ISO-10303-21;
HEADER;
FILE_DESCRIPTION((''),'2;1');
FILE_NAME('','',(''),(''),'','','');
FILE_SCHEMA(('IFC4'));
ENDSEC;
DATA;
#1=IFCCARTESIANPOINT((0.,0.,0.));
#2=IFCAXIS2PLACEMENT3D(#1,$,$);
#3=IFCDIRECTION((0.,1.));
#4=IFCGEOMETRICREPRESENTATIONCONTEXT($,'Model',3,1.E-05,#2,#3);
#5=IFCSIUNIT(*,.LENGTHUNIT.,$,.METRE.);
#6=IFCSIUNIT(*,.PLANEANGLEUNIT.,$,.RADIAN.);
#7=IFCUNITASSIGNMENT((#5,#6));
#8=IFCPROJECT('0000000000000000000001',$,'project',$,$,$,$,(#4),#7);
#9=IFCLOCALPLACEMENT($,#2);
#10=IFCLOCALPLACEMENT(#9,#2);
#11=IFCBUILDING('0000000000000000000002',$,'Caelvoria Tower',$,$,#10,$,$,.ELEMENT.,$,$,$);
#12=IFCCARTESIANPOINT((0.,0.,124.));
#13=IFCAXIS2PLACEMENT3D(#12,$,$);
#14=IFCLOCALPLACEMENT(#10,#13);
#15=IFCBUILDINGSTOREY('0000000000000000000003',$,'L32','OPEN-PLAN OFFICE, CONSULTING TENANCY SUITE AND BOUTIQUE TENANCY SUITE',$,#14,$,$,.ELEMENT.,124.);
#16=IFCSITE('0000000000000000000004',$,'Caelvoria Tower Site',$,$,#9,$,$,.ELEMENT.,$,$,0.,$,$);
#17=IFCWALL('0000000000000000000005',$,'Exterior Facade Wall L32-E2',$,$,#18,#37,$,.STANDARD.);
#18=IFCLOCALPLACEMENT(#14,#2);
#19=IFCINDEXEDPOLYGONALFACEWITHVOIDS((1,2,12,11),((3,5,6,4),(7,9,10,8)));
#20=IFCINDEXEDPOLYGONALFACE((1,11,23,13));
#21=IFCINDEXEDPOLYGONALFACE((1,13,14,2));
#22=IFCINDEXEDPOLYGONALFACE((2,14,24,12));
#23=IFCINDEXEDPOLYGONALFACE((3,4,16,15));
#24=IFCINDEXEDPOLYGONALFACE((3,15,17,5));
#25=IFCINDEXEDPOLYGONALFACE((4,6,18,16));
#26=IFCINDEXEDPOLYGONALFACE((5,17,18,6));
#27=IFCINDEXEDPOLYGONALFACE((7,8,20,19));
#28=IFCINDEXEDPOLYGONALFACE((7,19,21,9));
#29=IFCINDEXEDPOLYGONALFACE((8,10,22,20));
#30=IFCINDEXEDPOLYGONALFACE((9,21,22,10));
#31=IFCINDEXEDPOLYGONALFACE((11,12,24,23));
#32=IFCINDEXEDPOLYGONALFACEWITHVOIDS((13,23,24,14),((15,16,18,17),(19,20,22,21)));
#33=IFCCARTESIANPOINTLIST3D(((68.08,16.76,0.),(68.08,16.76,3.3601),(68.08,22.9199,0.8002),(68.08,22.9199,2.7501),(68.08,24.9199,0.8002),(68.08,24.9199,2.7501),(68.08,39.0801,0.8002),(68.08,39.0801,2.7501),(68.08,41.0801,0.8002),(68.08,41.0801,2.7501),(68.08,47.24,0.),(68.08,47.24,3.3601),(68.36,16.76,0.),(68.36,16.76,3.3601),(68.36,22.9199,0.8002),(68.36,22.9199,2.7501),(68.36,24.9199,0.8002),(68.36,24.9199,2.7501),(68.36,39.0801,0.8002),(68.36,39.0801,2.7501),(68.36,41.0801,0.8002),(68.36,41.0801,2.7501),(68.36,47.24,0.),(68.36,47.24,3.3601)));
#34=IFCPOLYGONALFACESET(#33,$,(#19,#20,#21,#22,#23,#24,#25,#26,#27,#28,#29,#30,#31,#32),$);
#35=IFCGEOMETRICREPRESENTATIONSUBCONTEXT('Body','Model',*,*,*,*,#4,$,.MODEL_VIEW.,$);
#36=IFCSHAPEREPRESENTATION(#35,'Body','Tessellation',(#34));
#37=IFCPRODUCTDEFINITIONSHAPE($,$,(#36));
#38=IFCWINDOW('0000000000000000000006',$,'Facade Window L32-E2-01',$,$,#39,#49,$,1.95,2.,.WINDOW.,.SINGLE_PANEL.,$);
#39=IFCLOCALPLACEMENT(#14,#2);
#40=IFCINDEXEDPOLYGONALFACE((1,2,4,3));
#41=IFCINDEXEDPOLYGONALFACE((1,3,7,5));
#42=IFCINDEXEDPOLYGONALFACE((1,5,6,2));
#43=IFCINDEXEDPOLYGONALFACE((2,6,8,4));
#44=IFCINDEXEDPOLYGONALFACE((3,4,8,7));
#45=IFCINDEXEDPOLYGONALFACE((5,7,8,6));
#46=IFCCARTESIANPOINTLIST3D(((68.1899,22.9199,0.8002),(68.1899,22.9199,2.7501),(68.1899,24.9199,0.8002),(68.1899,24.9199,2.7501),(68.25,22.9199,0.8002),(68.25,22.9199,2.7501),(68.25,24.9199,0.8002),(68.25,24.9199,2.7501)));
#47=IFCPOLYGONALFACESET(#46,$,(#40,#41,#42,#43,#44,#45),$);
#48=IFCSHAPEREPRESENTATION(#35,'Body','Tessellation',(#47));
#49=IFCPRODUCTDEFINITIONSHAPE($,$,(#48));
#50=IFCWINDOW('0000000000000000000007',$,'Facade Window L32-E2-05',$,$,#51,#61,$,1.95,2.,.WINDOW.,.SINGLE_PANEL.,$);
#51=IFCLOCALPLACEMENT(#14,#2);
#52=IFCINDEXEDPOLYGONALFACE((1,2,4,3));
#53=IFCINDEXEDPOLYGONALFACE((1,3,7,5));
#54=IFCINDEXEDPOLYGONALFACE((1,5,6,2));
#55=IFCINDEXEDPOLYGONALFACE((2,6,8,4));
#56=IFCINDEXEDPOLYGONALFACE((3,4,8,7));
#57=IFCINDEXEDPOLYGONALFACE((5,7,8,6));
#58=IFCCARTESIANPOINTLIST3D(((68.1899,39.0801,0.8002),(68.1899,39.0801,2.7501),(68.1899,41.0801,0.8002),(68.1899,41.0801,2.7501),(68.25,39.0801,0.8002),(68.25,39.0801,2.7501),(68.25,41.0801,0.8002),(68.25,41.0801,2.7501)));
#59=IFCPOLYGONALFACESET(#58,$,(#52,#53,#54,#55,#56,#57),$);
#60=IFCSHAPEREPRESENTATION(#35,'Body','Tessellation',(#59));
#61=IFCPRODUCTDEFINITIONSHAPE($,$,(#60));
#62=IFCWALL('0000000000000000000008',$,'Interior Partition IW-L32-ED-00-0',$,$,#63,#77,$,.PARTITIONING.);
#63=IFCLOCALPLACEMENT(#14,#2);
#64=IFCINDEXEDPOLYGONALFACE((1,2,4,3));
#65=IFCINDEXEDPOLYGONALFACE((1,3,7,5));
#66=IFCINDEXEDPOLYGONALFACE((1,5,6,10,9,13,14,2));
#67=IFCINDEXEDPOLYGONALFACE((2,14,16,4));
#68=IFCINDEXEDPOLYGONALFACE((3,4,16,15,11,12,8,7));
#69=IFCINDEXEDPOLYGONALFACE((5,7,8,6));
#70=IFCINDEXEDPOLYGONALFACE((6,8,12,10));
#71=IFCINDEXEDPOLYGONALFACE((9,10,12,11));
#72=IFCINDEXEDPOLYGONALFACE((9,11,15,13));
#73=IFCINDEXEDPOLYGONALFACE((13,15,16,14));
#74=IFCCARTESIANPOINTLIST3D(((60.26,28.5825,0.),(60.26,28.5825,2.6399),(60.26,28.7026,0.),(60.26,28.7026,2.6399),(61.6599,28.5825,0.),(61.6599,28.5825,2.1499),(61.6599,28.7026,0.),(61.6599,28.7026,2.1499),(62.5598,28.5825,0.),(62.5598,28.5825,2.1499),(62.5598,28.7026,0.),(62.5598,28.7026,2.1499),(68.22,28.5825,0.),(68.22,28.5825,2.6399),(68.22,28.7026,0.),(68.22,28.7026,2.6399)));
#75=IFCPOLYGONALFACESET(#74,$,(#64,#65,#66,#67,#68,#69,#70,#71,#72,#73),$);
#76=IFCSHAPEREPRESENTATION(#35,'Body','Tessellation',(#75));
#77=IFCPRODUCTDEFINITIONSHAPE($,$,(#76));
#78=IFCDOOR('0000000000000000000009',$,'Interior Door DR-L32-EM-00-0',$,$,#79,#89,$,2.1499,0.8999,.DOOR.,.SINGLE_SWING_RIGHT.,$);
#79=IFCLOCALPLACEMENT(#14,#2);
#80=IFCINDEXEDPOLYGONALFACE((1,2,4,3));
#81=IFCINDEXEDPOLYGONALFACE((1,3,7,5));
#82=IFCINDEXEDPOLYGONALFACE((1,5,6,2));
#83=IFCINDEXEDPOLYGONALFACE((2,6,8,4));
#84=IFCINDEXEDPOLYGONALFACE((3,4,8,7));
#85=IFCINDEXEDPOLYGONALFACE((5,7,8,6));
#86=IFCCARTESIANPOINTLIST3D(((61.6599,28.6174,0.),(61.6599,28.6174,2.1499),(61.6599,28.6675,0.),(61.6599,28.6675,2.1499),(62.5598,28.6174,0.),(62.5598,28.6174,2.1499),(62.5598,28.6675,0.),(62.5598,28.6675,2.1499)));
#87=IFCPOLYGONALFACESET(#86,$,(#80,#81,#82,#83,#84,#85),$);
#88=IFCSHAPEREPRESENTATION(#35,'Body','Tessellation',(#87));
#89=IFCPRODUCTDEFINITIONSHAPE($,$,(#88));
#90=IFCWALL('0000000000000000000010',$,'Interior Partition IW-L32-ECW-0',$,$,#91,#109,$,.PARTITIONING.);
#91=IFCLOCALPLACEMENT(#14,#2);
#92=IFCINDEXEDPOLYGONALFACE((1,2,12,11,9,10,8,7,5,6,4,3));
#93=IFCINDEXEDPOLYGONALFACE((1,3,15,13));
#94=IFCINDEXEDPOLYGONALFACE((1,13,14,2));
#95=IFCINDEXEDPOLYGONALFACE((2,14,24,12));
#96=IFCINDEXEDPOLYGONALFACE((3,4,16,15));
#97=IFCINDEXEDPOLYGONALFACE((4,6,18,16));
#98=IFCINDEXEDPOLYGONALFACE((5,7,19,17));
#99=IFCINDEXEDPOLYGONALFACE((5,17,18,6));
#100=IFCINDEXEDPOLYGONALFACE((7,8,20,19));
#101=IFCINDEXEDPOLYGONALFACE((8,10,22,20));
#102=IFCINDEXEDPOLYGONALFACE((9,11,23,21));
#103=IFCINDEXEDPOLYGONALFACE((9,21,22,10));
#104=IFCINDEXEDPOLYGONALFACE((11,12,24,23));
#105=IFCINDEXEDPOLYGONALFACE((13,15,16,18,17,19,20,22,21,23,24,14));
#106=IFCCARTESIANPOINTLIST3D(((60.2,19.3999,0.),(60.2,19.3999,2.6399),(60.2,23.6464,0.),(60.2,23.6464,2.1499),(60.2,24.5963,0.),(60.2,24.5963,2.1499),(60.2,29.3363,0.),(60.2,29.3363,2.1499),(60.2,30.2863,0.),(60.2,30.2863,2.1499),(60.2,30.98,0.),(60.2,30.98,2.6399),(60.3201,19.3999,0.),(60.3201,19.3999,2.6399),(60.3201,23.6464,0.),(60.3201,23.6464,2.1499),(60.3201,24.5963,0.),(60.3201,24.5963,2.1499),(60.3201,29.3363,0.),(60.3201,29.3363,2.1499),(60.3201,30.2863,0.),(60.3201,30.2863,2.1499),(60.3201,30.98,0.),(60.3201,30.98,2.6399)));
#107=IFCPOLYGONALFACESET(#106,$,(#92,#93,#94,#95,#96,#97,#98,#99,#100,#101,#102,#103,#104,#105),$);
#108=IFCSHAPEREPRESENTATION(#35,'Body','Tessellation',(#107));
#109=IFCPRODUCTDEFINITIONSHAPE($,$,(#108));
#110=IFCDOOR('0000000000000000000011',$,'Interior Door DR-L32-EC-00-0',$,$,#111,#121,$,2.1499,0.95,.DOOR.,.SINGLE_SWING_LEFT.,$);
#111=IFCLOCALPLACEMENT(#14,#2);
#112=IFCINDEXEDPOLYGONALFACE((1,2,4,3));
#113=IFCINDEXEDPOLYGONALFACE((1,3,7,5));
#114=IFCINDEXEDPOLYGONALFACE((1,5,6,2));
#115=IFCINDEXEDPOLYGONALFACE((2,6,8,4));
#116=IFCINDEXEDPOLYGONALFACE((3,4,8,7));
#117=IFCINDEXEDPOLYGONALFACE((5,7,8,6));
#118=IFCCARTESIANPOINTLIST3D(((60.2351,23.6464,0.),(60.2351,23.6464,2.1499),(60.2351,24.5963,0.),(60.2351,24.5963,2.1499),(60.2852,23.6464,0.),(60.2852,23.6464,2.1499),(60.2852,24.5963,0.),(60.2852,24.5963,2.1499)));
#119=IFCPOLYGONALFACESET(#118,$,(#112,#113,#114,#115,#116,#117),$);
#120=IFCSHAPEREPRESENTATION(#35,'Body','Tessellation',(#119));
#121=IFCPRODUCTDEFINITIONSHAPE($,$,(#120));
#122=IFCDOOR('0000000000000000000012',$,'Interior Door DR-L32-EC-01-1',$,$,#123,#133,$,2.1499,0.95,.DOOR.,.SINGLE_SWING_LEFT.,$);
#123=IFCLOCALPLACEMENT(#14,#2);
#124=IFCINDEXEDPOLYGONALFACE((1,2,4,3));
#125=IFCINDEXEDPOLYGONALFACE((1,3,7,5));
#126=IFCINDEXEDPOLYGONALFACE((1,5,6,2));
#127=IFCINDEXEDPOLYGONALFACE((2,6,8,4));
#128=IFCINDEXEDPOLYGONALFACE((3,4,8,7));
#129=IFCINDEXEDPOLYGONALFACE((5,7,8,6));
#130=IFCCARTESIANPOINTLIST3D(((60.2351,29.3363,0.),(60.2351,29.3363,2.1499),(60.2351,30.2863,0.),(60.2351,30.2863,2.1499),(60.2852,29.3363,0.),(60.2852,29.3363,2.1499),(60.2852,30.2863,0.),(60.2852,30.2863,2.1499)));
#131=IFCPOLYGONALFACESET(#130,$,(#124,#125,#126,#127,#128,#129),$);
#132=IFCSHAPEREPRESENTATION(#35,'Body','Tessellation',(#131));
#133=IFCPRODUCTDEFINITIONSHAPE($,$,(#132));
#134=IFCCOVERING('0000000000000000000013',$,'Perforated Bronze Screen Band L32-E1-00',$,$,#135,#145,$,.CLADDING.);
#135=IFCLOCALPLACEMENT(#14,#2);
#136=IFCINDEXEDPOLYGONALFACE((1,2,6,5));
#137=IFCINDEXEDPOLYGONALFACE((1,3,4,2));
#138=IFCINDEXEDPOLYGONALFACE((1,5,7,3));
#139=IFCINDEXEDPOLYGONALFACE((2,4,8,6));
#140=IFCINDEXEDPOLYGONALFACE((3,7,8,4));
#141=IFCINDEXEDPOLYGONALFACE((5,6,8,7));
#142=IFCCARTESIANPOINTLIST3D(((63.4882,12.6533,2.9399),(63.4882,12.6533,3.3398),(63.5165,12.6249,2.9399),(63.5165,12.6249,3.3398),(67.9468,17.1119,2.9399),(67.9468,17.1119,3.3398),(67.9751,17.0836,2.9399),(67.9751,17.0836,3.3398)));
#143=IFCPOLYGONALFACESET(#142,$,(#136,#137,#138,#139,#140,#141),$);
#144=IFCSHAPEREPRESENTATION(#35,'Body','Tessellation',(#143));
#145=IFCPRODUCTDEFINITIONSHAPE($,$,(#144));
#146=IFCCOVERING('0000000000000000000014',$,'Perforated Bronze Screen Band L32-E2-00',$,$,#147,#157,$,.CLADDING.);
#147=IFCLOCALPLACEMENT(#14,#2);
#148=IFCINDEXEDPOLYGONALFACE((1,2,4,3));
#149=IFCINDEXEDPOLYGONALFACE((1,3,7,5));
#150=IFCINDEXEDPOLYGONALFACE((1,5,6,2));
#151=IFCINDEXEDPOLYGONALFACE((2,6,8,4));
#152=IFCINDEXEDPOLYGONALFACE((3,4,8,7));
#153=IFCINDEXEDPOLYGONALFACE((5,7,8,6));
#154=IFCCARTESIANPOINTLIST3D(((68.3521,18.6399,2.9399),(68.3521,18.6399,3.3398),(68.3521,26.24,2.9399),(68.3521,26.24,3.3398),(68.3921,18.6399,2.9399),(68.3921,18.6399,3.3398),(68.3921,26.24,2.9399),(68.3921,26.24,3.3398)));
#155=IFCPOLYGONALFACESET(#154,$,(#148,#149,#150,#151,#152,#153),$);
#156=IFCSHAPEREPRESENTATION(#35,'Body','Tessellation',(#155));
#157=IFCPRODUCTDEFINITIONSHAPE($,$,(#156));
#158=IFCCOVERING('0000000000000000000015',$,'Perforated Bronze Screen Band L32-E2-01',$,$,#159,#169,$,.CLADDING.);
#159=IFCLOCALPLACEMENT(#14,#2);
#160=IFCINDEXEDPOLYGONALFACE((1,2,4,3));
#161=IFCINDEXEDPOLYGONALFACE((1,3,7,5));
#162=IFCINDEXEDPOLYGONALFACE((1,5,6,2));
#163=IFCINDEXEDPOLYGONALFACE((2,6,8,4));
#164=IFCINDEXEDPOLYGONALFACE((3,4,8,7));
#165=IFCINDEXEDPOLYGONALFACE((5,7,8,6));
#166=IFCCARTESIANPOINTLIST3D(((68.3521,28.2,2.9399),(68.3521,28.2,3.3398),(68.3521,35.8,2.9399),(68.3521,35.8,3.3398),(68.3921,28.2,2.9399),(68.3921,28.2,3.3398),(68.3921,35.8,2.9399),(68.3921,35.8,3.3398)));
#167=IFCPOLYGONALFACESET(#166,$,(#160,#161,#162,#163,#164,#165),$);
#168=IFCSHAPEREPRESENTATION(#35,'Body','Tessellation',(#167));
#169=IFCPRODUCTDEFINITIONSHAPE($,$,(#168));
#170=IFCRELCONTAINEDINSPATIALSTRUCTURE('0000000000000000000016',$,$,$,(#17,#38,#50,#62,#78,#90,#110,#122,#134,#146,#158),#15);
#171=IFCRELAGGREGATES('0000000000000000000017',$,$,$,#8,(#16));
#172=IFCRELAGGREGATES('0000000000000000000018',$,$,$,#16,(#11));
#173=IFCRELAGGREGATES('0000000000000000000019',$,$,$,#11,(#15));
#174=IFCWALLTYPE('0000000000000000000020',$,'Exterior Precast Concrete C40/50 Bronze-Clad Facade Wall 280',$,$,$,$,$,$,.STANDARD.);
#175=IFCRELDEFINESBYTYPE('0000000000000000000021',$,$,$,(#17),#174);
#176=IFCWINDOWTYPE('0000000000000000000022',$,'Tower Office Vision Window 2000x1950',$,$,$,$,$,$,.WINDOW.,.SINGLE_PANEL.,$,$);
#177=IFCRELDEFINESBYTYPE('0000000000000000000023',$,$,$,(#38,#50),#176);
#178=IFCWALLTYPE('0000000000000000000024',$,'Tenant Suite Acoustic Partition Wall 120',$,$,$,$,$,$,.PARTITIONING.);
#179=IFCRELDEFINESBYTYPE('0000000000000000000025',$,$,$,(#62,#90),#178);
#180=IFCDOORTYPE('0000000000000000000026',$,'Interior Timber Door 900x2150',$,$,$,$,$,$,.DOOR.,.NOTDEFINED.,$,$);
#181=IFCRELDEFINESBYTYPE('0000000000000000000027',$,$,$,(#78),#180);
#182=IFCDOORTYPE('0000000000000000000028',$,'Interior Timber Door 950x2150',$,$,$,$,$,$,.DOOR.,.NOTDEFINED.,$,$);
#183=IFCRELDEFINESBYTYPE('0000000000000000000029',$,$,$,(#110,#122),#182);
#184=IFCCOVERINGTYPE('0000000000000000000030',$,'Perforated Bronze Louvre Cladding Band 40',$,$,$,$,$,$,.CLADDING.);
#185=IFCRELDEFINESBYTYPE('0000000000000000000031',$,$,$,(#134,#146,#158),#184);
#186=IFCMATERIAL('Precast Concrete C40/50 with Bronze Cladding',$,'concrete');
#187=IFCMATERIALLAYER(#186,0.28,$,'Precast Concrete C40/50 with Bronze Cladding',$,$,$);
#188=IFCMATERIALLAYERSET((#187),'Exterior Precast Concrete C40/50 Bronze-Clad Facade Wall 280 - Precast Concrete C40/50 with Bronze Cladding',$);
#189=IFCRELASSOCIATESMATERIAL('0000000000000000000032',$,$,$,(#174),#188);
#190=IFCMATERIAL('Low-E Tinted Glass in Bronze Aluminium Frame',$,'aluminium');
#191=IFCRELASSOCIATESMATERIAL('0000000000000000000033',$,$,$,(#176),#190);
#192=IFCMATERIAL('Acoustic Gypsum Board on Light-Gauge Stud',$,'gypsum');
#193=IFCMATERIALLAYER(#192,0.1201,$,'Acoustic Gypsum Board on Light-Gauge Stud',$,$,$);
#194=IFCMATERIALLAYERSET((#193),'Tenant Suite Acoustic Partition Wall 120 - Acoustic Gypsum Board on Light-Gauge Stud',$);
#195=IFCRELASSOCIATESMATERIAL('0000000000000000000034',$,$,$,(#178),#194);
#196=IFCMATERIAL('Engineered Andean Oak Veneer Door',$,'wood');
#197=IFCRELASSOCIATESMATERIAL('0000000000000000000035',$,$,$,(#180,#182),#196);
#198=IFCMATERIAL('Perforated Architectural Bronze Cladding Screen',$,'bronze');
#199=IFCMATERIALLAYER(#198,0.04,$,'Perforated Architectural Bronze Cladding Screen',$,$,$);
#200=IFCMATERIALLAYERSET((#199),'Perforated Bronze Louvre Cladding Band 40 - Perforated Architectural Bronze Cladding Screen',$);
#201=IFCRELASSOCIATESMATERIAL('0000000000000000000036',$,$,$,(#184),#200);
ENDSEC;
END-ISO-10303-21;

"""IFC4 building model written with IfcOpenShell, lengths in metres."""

from ifc_helpers import new_model, si_unit, direction, frame, frame_2d, origin, origin_2d, place, context, subcontext, project, spatial, rectangle, extrude, material, layer, layer_set, type_object, element, fill, save


model = new_model("IFC4")

# Units and contexts
model_context = context("Model", 3, precision=1e-05, world=origin(), true_north=direction((0.0, 1.0)))
body_context = subcontext(model_context, "Body", "Model", "MODEL_VIEW")
ifc_project = project(units=[si_unit("LENGTHUNIT", "METRE"), si_unit("PLANEANGLEUNIT", "RADIAN")], contexts=[model_context])

# Site, building, storey
site_placement = place(None, origin())
site = spatial("IfcSite", under=ifc_project, at=site_placement, Name="Caelvoria Tower Site", CompositionType="ELEMENT", RefElevation=0.0)
building_placement = place(site_placement, origin())
building = spatial("IfcBuilding", under=site, at=building_placement, Name="Caelvoria Tower", CompositionType="ELEMENT")
storey_placement = place(building_placement, frame((0.0, 0.0, 124.0)))
storey = spatial("IfcBuildingStorey", under=building, at=storey_placement, Name="L32", Description="OPEN-PLAN OFFICE, CONSULTING TENANCY SUITE AND BOUTIQUE TENANCY SUITE", CompositionType="ELEMENT", Elevation=124.0)

# Shared definitions
ifc_material_1 = material(Name="Precast Concrete C40/50 with Bronze Cladding", Category="concrete")
ifc_layer_1 = layer(ifc_material_1, 0.28, Name="Precast Concrete C40/50 with Bronze Cladding")
ifc_layer_set_1 = layer_set([ifc_layer_1], Name="Exterior Precast Concrete C40/50 Bronze-Clad Facade Wall 280 - Precast Concrete C40/50 with Bronze Cladding")
wall_type_1 = type_object("IfcWallType", Name="Exterior Precast Concrete C40/50 Bronze-Clad Facade Wall 280", PredefinedType="STANDARD", material=ifc_layer_set_1)

# Wall, openings, windows
wall_1_placement = place(storey_placement, frame((68.22, 16.76, 0.0), z_axis=(0.0, 0.0, 1.0), x_axis=(0.0, 1.0, 0.0)))
wall_1 = element("IfcWall", 1, at=wall_1_placement, inside=storey, type_object=wall_type_1, Name="Exterior Facade Wall L32-E2", PredefinedType="STANDARD", context=body_context, shape_type="SweptSolid", body=[
    extrude(rectangle(XDim=30.48, YDim=0.28, at=frame_2d((15.24, 0.0))), origin(), (0.0, 0.0, 1.0), 3.3601),
])
opening_1_placement = place(wall_1_placement, frame((6.1599, 0.0, 0.8)))
opening_1 = element("IfcOpeningElement", 2, at=opening_1_placement, cuts=wall_1, PredefinedType="OPENING", context=body_context, shape_type="SweptSolid", body=[
    extrude(rectangle(XDim=2.0, YDim=1.95, at=frame_2d((1.0, 0.9751))), frame((0.0, 0.1499, 0.0), z_axis=(0.0, -1.0, 0.0), x_axis=(1.0, 0.0, 0.0)), (0.0, 0.0, 1.0), 0.3),
])
opening_2_placement = place(wall_1_placement, frame((22.3201, 0.0, 0.8)))
opening_2 = element("IfcOpeningElement", 3, at=opening_2_placement, cuts=wall_1, PredefinedType="OPENING", context=body_context, shape_type="SweptSolid", body=[
    extrude(rectangle(XDim=2.0, YDim=1.95, at=frame_2d((1.0, 0.9751))), frame((0.0, 0.1499, 0.0), z_axis=(0.0, -1.0, 0.0), x_axis=(1.0, 0.0, 0.0)), (0.0, 0.0, 1.0), 0.3),
])
ifc_material_2 = material(Name="Low-E Tinted Glass in Bronze Aluminium Frame", Category="aluminium")
window_type = type_object("IfcWindowType", Name="Tower Office Vision Window 2000x1950", PartitioningType="SINGLE_PANEL", PredefinedType="WINDOW", material=ifc_material_2)
window_1_placement = place(opening_1_placement, origin())
window_1 = element("IfcWindow", 4, at=window_1_placement, inside=storey, type_object=window_type, Name="Facade Window L32-E2-01", OverallHeight=1.95, OverallWidth=2.0, PartitioningType="SINGLE_PANEL", PredefinedType="WINDOW", context=body_context, shape_type="SweptSolid", body=[
    extrude(rectangle(XDim=2.0, YDim=1.95, at=frame_2d((1.0, 0.9751))), frame((0.0, 0.03, 0.0), z_axis=(0.0, -1.0, 0.0), x_axis=(1.0, 0.0, 0.0)), (0.0, 0.0, 1.0), 0.0601),
])
fill(opening_1, window_1)
window_2_placement = place(opening_2_placement, origin())
window_2 = element("IfcWindow", 5, at=window_2_placement, inside=storey, type_object=window_type, Name="Facade Window L32-E2-05", OverallHeight=1.95, OverallWidth=2.0, PartitioningType="SINGLE_PANEL", PredefinedType="WINDOW", context=body_context, shape_type="SweptSolid", body=[
    extrude(rectangle(XDim=2.0, YDim=1.95, at=frame_2d((1.0, 0.9751))), frame((0.0, 0.03, 0.0), z_axis=(0.0, -1.0, 0.0), x_axis=(1.0, 0.0, 0.0)), (0.0, 0.0, 1.0), 0.0601),
])
fill(opening_2, window_2)

# Wall, opening, door
ifc_material_3 = material(Name="Acoustic Gypsum Board on Light-Gauge Stud", Category="gypsum")
ifc_layer_2 = layer(ifc_material_3, 0.1201, Name="Acoustic Gypsum Board on Light-Gauge Stud")
ifc_layer_set_2 = layer_set([ifc_layer_2], Name="Tenant Suite Acoustic Partition Wall 120 - Acoustic Gypsum Board on Light-Gauge Stud")
wall_type_2 = type_object("IfcWallType", Name="Tenant Suite Acoustic Partition Wall 120", PredefinedType="PARTITIONING", material=ifc_layer_set_2)
wall_2_placement = place(storey_placement, frame((60.26, 28.6426, 0.0), z_axis=(0.0, 0.0, 1.0), x_axis=(1.0, 0.0, 0.0)))
wall_2 = element("IfcWall", 6, at=wall_2_placement, inside=storey, type_object=wall_type_2, Name="Interior Partition IW-L32-ED-00-0", PredefinedType="PARTITIONING", context=body_context, shape_type="SweptSolid", body=[
    extrude(rectangle(XDim=7.96, YDim=0.1201, at=frame_2d((3.98, 0.0))), origin(), (0.0, 0.0, 1.0), 2.6399),
])
opening_3_placement = place(wall_2_placement, frame((1.3999, 0.0, 0.0)))
opening_3 = element("IfcOpeningElement", 7, at=opening_3_placement, cuts=wall_2, PredefinedType="OPENING", context=body_context, shape_type="SweptSolid", body=[
    extrude(rectangle(XDim=0.8999, YDim=2.1499, at=frame_2d((0.45, 1.075))), frame((0.0, 0.0701, 0.0), z_axis=(0.0, -1.0, 0.0), x_axis=(1.0, 0.0, 0.0)), (0.0, 0.0, 1.0), 0.1401),
])
ifc_material_4 = material(Name="Engineered Andean Oak Veneer Door", Category="wood")
door_type_1 = type_object("IfcDoorType", Name="Interior Timber Door 900x2150", OperationType="NOTDEFINED", PredefinedType="DOOR", material=ifc_material_4)
door_1_placement = place(opening_3_placement, origin())
door_1 = element("IfcDoor", 8, at=door_1_placement, inside=storey, type_object=door_type_1, Name="Interior Door DR-L32-EM-00-0", OperationType="SINGLE_SWING_RIGHT", OverallHeight=2.1499, OverallWidth=0.8999, PredefinedType="DOOR", context=body_context, shape_type="SweptSolid", body=[
    extrude(rectangle(XDim=0.8999, YDim=2.1499, at=frame_2d((0.45, 1.075))), frame((0.0, 0.0249, 0.0), z_axis=(0.0, -1.0, 0.0), x_axis=(1.0, 0.0, 0.0)), (0.0, 0.0, 1.0), 0.05),
])
fill(opening_3, door_1)

# Wall, openings, doors
wall_3_placement = place(storey_placement, frame((60.26, 19.3999, 0.0), z_axis=(0.0, 0.0, 1.0), x_axis=(0.0, 1.0, 0.0)))
wall_3 = element("IfcWall", 9, at=wall_3_placement, inside=storey, type_object=wall_type_2, Name="Interior Partition IW-L32-ECW-0", PredefinedType="PARTITIONING", context=body_context, shape_type="SweptSolid", body=[
    extrude(rectangle(XDim=11.5801, YDim=0.1201, at=frame_2d((5.79, 0.0))), origin(), (0.0, 0.0, 1.0), 2.6399),
])
opening_4_placement = place(wall_3_placement, frame((4.2463, 0.0, 0.0)))
opening_4 = element("IfcOpeningElement", 10, at=opening_4_placement, cuts=wall_3, PredefinedType="OPENING", context=body_context, shape_type="SweptSolid", body=[
    extrude(rectangle(XDim=0.95, YDim=2.1499, at=frame_2d((0.4751, 1.075))), frame((0.0, 0.0701, 0.0), z_axis=(0.0, -1.0, 0.0), x_axis=(1.0, 0.0, 0.0)), (0.0, 0.0, 1.0), 0.1401),
])
opening_5_placement = place(wall_3_placement, frame((9.9363, 0.0, 0.0)))
opening_5 = element("IfcOpeningElement", 11, at=opening_5_placement, cuts=wall_3, PredefinedType="OPENING", context=body_context, shape_type="SweptSolid", body=[
    extrude(rectangle(XDim=0.95, YDim=2.1499, at=frame_2d((0.4751, 1.075))), frame((0.0, 0.0701, 0.0), z_axis=(0.0, -1.0, 0.0), x_axis=(1.0, 0.0, 0.0)), (0.0, 0.0, 1.0), 0.1401),
])
door_type_2 = type_object("IfcDoorType", Name="Interior Timber Door 950x2150", OperationType="NOTDEFINED", PredefinedType="DOOR", material=ifc_material_4)
door_2_placement = place(opening_4_placement, origin())
door_2 = element("IfcDoor", 12, at=door_2_placement, inside=storey, type_object=door_type_2, Name="Interior Door DR-L32-EC-00-0", OperationType="SINGLE_SWING_LEFT", OverallHeight=2.1499, OverallWidth=0.95, PredefinedType="DOOR", context=body_context, shape_type="SweptSolid", body=[
    extrude(rectangle(XDim=0.95, YDim=2.1499, at=frame_2d((0.4751, 1.075))), frame((0.0, 0.0249, 0.0), z_axis=(0.0, -1.0, 0.0), x_axis=(1.0, 0.0, 0.0)), (0.0, 0.0, 1.0), 0.05),
])
fill(opening_4, door_2)
door_3_placement = place(opening_5_placement, origin())
door_3 = element("IfcDoor", 13, at=door_3_placement, inside=storey, type_object=door_type_2, Name="Interior Door DR-L32-EC-01-1", OperationType="SINGLE_SWING_LEFT", OverallHeight=2.1499, OverallWidth=0.95, PredefinedType="DOOR", context=body_context, shape_type="SweptSolid", body=[
    extrude(rectangle(XDim=0.95, YDim=2.1499, at=frame_2d((0.4751, 1.075))), frame((0.0, 0.0249, 0.0), z_axis=(0.0, -1.0, 0.0), x_axis=(1.0, 0.0, 0.0)), (0.0, 0.0, 1.0), 0.05),
])
fill(opening_5, door_3)

# Coverings
ifc_material_5 = material(Name="Perforated Architectural Bronze Cladding Screen", Category="bronze")
ifc_layer_3 = layer(ifc_material_5, 0.04, Name="Perforated Architectural Bronze Cladding Screen")
ifc_layer_set_3 = layer_set([ifc_layer_3], Name="Perforated Bronze Louvre Cladding Band 40 - Perforated Architectural Bronze Cladding Screen")
covering_type = type_object("IfcCoveringType", Name="Perforated Bronze Louvre Cladding Band 40", PredefinedType="CLADDING", material=ifc_layer_set_3)
covering_placement = place(storey_placement, frame((65.7317, 14.8684, 2.9399), z_axis=(0.0, 0.0, 1.0), x_axis=(0.707107, 0.707107, 0.0)))
element("IfcCovering", 14, at=covering_placement, inside=storey, type_object=covering_type, Name="Perforated Bronze Screen Band L32-E1-00", PredefinedType="CLADDING", context=body_context, shape_type="SweptSolid", body=[
    extrude(rectangle(XDim=6.3054, YDim=0.04, at=origin_2d()), origin(), (0.0, 0.0, 1.0), 0.3999),
])
for number, where, z_axis, x_axis, name in (
    (15, (68.3721, 22.4399, 2.9399), (0.0, 0.0, 1.0), (0.0, 1.0, 0.0), "Perforated Bronze Screen Band L32-E2-00"),
    (16, (68.3721, 32.0, 2.9399), (0.0, 0.0, 1.0), (0.0, 1.0, 0.0), "Perforated Bronze Screen Band L32-E2-01"),
):
    element("IfcCovering", number, at=place(storey_placement, frame(where, z_axis=z_axis, x_axis=x_axis)), inside=storey, type_object=covering_type, Name=name, PredefinedType="CLADDING", context=body_context, shape_type="SweptSolid", body=[
        extrude(rectangle(XDim=7.6001, YDim=0.04, at=origin_2d()), origin(), (0.0, 0.0, 1.0), 0.3999),
    ])

save(model, "model.ifc")
